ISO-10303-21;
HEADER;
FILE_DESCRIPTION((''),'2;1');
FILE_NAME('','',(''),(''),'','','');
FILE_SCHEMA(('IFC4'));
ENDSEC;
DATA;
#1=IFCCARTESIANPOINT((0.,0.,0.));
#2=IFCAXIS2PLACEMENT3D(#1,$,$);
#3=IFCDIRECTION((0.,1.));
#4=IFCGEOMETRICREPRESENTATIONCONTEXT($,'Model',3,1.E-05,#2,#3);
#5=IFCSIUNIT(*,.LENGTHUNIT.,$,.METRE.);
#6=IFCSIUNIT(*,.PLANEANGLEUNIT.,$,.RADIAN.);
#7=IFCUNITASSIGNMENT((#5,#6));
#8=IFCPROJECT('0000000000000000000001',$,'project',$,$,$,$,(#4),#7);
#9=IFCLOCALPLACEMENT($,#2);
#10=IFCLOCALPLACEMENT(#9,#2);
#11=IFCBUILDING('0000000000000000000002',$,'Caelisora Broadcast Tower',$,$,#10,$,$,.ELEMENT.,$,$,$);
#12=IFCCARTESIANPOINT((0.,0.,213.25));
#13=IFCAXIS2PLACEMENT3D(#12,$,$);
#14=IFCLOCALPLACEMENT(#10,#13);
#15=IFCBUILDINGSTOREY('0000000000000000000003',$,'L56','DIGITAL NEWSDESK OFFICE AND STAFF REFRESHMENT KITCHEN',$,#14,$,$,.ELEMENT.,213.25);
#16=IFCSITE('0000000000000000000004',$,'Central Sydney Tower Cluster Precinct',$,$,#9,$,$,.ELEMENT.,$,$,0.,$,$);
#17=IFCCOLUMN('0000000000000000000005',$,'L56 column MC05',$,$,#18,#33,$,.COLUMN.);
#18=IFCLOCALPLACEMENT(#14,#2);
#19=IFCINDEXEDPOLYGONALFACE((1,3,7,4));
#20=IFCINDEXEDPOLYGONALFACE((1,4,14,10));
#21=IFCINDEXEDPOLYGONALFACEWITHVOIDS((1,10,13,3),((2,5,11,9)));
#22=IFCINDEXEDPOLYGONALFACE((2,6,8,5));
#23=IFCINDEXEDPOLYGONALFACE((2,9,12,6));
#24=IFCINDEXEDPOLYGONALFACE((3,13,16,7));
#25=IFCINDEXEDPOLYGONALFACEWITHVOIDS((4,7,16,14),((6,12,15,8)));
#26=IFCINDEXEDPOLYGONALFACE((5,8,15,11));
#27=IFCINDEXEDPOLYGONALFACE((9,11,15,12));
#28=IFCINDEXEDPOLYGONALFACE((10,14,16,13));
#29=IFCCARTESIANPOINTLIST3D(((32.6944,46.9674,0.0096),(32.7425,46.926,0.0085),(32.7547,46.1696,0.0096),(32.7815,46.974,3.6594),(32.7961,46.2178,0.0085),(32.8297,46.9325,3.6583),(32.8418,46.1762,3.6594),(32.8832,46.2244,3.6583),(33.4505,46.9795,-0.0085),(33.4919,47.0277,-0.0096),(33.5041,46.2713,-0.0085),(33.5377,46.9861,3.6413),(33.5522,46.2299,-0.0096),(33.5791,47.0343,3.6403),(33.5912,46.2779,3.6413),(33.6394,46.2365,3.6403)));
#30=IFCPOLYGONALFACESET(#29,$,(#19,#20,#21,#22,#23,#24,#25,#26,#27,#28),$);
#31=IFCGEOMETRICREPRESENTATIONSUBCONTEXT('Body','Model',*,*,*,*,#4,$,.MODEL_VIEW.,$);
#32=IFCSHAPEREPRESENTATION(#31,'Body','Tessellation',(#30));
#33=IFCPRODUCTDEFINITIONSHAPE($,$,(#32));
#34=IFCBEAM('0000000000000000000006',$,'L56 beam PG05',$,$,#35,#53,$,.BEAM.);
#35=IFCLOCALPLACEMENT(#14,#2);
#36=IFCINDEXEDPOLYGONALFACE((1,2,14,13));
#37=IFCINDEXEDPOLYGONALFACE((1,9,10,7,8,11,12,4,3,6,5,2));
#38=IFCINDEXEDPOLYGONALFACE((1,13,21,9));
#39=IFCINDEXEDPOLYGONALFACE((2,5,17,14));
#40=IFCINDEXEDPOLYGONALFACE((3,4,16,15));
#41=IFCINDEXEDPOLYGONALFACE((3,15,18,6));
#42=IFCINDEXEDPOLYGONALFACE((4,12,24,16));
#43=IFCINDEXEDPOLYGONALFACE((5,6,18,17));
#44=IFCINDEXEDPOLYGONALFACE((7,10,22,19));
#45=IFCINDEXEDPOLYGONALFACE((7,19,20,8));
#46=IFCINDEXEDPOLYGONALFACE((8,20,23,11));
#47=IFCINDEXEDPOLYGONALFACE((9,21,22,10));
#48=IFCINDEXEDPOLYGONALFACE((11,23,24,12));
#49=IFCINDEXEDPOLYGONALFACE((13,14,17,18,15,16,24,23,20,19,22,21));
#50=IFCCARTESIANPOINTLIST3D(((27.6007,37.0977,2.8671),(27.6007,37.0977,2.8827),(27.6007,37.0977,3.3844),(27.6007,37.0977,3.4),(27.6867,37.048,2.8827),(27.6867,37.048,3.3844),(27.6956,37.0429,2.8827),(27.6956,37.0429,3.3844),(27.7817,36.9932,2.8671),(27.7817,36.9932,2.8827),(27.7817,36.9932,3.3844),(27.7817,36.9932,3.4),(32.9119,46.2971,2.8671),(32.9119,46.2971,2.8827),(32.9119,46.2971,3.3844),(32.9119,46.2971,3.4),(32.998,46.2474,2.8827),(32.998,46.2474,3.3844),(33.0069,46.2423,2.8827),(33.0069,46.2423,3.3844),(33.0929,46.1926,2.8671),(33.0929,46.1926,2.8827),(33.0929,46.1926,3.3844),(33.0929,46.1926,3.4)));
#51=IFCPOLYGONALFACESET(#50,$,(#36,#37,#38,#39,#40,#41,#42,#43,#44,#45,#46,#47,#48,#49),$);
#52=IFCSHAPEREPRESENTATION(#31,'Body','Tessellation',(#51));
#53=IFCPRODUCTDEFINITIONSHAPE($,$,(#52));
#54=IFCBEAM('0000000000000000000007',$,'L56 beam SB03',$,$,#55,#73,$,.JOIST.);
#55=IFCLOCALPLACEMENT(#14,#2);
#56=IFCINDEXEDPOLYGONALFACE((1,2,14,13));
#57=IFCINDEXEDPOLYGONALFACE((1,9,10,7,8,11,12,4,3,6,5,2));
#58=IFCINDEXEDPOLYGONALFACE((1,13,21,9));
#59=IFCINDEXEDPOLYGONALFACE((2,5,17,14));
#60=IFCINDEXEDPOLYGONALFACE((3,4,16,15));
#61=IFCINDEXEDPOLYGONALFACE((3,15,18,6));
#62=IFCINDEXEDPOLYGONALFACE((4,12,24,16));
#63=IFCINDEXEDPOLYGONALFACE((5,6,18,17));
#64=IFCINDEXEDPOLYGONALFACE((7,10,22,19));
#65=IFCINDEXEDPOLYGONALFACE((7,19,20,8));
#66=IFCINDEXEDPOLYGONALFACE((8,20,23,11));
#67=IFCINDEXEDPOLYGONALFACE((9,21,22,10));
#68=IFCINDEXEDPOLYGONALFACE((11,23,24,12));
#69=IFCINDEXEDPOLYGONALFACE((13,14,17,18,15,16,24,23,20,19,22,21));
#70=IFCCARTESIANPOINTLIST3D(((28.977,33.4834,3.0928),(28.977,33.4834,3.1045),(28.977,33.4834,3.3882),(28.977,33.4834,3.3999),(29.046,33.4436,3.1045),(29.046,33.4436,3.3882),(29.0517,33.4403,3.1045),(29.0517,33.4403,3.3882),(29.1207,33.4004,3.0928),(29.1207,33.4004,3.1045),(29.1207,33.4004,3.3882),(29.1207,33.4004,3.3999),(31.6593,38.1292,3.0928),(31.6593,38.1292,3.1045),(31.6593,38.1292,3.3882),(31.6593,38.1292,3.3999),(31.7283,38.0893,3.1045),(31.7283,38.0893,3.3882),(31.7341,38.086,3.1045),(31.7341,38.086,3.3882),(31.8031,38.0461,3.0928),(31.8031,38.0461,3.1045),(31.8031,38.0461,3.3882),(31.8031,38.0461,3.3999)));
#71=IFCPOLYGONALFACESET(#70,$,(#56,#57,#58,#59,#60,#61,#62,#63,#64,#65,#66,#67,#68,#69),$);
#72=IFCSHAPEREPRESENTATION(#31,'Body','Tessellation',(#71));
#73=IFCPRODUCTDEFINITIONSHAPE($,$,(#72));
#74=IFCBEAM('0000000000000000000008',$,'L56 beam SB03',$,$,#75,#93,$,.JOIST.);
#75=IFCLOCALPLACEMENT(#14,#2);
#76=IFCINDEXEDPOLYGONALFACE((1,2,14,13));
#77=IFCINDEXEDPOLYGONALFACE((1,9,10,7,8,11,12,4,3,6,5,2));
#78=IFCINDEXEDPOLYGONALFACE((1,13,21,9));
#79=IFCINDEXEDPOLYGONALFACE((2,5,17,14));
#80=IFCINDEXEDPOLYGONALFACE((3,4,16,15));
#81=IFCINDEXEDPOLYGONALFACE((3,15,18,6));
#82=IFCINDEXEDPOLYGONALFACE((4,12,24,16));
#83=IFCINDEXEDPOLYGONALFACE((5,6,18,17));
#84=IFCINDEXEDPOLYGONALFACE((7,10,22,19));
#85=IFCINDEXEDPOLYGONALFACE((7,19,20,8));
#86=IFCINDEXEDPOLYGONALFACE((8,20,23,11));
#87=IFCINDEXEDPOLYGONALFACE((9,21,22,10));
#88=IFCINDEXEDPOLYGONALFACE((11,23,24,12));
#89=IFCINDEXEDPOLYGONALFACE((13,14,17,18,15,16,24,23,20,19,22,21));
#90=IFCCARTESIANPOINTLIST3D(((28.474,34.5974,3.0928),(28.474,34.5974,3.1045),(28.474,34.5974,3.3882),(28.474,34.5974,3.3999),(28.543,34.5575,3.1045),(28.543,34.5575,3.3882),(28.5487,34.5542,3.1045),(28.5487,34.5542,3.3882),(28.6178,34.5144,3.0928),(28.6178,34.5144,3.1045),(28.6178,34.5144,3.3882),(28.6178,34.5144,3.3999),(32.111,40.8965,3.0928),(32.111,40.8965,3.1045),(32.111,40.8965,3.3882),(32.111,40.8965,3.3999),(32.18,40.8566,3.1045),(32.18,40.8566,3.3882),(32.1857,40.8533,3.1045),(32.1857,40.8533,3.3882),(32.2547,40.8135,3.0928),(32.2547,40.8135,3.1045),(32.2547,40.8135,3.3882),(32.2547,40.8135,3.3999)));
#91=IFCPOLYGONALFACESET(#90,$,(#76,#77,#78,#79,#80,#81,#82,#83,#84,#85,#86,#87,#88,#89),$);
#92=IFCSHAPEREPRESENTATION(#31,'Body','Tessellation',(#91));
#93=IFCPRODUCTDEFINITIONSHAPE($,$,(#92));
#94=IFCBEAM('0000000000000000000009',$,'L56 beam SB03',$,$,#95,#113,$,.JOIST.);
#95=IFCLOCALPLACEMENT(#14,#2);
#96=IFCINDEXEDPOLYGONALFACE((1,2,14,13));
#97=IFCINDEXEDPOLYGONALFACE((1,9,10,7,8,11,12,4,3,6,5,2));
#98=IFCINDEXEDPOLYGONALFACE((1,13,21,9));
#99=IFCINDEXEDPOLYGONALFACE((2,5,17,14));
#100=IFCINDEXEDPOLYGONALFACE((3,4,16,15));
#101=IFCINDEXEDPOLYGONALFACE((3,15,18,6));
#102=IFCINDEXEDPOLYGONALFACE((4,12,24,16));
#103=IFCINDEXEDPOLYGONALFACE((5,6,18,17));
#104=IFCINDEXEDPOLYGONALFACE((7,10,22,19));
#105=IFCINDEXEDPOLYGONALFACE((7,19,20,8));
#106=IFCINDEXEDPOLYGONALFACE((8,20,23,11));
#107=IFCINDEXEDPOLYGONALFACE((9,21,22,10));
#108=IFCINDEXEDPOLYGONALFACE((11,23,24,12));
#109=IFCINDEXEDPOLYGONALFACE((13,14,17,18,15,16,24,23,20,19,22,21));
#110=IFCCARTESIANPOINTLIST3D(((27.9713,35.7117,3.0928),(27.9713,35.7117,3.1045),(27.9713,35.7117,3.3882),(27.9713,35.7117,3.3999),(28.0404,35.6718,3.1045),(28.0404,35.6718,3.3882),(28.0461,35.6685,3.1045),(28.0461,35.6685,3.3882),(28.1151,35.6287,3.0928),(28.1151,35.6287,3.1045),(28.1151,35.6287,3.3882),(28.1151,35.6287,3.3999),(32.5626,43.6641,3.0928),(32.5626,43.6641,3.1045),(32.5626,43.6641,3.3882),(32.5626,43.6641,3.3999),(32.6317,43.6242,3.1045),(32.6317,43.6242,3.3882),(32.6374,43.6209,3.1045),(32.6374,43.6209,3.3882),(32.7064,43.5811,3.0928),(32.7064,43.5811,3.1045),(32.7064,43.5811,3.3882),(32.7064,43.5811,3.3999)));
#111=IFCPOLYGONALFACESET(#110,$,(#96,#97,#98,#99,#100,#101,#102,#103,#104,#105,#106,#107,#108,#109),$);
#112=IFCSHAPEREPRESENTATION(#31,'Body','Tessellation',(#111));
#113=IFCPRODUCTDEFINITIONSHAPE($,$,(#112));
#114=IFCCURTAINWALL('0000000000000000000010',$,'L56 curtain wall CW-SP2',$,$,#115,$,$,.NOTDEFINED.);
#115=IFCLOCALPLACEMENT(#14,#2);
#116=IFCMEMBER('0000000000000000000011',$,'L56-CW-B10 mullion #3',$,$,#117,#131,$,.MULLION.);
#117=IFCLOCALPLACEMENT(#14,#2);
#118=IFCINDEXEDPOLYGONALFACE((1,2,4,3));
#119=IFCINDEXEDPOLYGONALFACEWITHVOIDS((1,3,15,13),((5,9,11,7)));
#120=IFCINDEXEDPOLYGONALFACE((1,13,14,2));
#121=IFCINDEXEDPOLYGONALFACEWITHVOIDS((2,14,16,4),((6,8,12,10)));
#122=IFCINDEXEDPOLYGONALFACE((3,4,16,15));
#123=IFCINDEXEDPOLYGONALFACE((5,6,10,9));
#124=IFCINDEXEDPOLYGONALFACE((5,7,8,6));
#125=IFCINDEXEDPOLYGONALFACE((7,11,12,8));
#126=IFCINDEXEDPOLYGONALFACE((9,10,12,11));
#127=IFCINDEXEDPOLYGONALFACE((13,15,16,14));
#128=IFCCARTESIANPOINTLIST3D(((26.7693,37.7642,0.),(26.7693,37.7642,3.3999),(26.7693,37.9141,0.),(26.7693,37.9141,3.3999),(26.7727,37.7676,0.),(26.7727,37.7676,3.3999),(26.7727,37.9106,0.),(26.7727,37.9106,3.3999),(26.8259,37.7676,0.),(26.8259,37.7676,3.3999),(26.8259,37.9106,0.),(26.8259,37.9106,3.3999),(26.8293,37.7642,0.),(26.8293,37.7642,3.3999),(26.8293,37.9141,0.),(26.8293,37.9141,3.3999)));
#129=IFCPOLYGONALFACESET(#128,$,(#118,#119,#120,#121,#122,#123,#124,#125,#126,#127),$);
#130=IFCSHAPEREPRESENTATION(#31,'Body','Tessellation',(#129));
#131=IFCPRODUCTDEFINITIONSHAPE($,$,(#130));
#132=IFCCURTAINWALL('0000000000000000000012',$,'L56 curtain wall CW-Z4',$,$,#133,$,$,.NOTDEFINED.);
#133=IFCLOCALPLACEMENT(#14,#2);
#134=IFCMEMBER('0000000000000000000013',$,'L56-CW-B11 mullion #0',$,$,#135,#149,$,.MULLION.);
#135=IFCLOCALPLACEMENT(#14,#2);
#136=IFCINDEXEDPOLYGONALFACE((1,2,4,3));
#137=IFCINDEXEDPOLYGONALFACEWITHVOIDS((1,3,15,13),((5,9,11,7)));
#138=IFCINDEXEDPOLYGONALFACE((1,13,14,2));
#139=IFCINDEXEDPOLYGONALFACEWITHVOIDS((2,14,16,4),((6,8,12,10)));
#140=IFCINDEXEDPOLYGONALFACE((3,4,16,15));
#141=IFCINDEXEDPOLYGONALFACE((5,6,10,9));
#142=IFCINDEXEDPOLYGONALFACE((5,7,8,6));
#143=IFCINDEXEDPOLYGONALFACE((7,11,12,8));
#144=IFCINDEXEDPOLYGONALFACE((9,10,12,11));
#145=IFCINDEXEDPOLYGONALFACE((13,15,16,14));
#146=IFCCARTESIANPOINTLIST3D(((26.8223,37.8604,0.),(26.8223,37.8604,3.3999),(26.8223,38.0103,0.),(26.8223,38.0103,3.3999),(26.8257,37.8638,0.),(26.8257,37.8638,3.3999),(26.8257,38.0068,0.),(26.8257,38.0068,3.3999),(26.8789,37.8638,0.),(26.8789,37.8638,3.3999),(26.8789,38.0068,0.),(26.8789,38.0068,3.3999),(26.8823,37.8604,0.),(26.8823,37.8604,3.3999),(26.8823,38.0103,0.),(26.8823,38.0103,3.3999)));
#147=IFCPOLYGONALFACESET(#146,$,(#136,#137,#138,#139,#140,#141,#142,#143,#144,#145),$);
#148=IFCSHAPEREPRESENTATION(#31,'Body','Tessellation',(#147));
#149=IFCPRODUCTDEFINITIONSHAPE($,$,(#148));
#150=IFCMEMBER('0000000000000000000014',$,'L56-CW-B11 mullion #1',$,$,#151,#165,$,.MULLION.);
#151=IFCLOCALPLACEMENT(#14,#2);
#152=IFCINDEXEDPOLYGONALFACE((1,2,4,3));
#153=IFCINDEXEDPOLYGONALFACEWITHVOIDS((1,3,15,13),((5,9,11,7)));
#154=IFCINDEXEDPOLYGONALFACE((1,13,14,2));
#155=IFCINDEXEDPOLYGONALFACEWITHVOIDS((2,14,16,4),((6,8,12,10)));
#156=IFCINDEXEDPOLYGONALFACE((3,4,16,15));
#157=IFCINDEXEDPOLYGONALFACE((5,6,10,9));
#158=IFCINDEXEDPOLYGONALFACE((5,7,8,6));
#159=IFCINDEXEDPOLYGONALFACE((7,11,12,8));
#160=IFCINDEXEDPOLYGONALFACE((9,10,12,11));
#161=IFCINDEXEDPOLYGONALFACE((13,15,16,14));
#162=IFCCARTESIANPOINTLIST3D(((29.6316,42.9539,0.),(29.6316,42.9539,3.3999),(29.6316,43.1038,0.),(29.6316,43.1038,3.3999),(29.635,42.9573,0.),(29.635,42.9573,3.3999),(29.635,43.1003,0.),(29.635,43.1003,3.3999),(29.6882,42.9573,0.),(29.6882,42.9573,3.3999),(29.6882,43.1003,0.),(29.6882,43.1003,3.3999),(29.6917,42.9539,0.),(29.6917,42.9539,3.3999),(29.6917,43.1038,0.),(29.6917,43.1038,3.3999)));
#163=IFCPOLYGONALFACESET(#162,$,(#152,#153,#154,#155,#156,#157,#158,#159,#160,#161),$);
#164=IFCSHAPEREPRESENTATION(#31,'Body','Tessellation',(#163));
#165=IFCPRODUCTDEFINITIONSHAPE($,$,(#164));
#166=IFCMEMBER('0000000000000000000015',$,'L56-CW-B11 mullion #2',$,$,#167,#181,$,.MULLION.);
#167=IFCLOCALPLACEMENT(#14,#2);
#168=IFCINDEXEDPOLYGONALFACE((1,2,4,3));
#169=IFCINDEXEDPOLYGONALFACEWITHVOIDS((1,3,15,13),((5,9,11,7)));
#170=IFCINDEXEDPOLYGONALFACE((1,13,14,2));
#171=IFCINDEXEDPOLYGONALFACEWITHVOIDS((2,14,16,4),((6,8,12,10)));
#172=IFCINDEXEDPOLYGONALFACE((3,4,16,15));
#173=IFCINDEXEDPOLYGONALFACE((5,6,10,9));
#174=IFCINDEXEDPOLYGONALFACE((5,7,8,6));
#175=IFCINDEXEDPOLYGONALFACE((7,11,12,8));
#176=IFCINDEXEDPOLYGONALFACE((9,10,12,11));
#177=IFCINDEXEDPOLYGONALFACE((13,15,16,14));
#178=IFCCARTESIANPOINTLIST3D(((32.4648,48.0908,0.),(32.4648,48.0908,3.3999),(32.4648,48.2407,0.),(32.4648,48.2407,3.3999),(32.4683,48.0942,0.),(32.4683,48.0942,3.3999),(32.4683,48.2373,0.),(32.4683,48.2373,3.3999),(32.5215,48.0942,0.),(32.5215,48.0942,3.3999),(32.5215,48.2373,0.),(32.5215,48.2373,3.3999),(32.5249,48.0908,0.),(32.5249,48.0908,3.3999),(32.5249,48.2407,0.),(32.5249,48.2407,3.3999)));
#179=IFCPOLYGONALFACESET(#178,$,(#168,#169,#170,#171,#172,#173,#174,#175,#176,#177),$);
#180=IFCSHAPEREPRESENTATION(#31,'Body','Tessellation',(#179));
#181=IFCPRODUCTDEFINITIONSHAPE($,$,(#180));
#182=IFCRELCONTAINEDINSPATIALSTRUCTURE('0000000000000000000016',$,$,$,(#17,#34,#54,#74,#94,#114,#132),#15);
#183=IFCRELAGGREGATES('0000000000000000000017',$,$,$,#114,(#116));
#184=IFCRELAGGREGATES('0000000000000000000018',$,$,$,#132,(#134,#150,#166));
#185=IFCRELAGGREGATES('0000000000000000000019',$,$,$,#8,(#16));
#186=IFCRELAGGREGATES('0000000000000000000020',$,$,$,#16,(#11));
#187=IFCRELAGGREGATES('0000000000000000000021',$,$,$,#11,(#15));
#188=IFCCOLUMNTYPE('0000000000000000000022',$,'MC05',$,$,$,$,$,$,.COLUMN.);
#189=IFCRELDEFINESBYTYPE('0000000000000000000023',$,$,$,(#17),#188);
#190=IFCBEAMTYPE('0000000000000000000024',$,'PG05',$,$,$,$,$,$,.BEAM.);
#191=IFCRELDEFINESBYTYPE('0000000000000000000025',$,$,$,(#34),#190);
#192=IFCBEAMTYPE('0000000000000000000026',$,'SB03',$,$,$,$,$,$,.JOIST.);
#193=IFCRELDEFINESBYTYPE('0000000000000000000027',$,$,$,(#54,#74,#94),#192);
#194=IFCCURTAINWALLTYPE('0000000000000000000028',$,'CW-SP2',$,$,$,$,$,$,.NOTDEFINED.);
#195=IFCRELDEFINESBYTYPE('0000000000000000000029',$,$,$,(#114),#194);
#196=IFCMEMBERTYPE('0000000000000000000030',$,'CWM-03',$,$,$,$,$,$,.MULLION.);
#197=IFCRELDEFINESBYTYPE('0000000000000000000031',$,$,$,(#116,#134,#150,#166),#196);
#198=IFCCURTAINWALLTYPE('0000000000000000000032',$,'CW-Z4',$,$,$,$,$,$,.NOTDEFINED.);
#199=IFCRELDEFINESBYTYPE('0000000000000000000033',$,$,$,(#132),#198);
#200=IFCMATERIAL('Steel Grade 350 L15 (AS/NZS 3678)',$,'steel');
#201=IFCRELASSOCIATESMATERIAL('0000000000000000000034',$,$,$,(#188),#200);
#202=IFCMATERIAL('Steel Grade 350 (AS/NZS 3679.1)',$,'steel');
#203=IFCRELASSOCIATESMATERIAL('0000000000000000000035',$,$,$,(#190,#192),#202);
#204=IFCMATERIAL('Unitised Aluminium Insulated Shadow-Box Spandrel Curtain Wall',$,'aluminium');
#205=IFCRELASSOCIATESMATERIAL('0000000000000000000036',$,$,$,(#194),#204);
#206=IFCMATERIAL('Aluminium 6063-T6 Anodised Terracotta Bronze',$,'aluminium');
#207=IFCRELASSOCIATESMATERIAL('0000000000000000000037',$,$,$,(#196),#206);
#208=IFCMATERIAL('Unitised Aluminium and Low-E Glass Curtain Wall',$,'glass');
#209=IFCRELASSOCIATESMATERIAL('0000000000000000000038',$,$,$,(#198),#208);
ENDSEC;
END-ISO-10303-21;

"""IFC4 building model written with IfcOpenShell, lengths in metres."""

from ifc_helpers import new_model, si_unit, direction, frame, origin, origin_2d, place, context, subcontext, project, spatial, hollow_rectangle, i_section, extrude, source, transform, mapped, material, material_profile, profile_set, type_object, type_shapes, element, aggregate, save


model = new_model("IFC4")

# Units and contexts
model_context = context("Model", 3, precision=1e-05, world=origin(), true_north=direction((0.0, 1.0)))
body_context = subcontext(model_context, "Body", "Model", "MODEL_VIEW")
ifc_project = project(units=[si_unit("LENGTHUNIT", "METRE"), si_unit("PLANEANGLEUNIT", "RADIAN")], contexts=[model_context])

# Site, building, storey
site_placement = place(None, origin())
site = spatial("IfcSite", under=ifc_project, at=site_placement, Name="Central Sydney Tower Cluster Precinct", CompositionType="ELEMENT", RefElevation=0.0)
building_placement = place(site_placement, origin())
building = spatial("IfcBuilding", under=site, at=building_placement, Name="Caelisora Broadcast Tower", CompositionType="ELEMENT")
storey_placement = place(building_placement, frame((0.0, 0.0, 213.25)))
storey = spatial("IfcBuildingStorey", under=building, at=storey_placement, Name="L56", Description="DIGITAL NEWSDESK OFFICE AND STAFF REFRESHMENT KITCHEN", CompositionType="ELEMENT", Elevation=213.25)

# Column
ifc_material_1 = material(Name="Steel Grade 350 L15 (AS/NZS 3678)", Category="steel")
ifc_material_profile_1 = material_profile(ifc_material_1, hollow_rectangle(XDim=0.8, YDim=0.8, WallThickness=0.0449, at=origin_2d()), Name="Steel Grade 350 L15 (AS/NZS 3678)")
ifc_profile_set_1 = profile_set([ifc_material_profile_1], Name="Steel Grade 350 L15 (AS/NZS 3678)")
column_type = type_object("IfcColumnType", Name="MC05", PredefinedType="COLUMN", material=ifc_profile_set_1)
shared_shape_1 = source(origin(), body_context, "Body", "SweptSolid", [
    extrude(hollow_rectangle(XDim=0.8, YDim=0.8, WallThickness=0.0449, at=origin_2d()), origin(), (0.0, 0.0, 1.0), 3.6509),
])
type_shapes(column_type, [shared_shape_1])
column_placement = place(storey_placement, frame((33.1233, 46.5986, 0.0), z_axis=(0.023873, 0.001806, 0.999713), x_axis=(-0.075415, 0.997152, 0.0)))
element("IfcColumn", 1, at=column_placement, inside=storey, type_object=column_type, Name="L56 column MC05", PredefinedType="COLUMN", context=body_context, shape_type="MappedRepresentation", body=[
    mapped(shared_shape_1, transform((0.0, 0.0, 0.0), scale=1.0)),
])

# Beams
ifc_material_2 = material(Name="Steel Grade 350 (AS/NZS 3679.1)", Category="steel")
ifc_material_profile_2 = material_profile(ifc_material_2, i_section(OverallWidth=0.209, OverallDepth=0.533, WebThickness=0.0103, FlangeThickness=0.0156, at=origin_2d()), Name="Steel Grade 350 (AS/NZS 3679.1)")
ifc_profile_set_2 = profile_set([ifc_material_profile_2], Name="Steel Grade 350 (AS/NZS 3679.1)")
beam_type_1 = type_object("IfcBeamType", Name="PG05", PredefinedType="BEAM", material=ifc_profile_set_2)
shared_shape_2 = source(origin(), body_context, "Body", "SweptSolid", [
    extrude(i_section(OverallWidth=0.209, OverallDepth=0.533, WebThickness=0.0103, FlangeThickness=0.0156, at=origin_2d()), origin(), (0.0, 0.0, 1.0), 10.6226),
])
type_shapes(beam_type_1, [shared_shape_2])
beam_1_placement = place(storey_placement, frame((33.0024, 46.2449, 3.1335), z_axis=(-0.499998, -0.866027, 0.0), x_axis=(0.866027, -0.499998, 0.0)))
element("IfcBeam", 2, at=beam_1_placement, inside=storey, type_object=beam_type_1, Name="L56 beam PG05", PredefinedType="BEAM", context=body_context, shape_type="MappedRepresentation", body=[
    mapped(shared_shape_2, transform((0.0, 0.0, 0.0), scale=1.0)),
])
ifc_material_profile_3 = material_profile(ifc_material_2, i_section(OverallWidth=0.166, OverallDepth=0.3071, WebThickness=0.0066, FlangeThickness=0.0117, at=origin_2d()), Name="Steel Grade 350 (AS/NZS 3679.1)")
ifc_profile_set_3 = profile_set([ifc_material_profile_3], Name="Steel Grade 350 (AS/NZS 3679.1)")
beam_type_2 = type_object("IfcBeamType", Name="SB03", PredefinedType="JOIST", material=ifc_profile_set_3)
shared_shape_3 = source(origin(), body_context, "Body", "SweptSolid", [
    extrude(i_section(OverallWidth=0.166, OverallDepth=0.3071, WebThickness=0.0066, FlangeThickness=0.0117, at=origin_2d()), origin(), (0.0, 0.0, 1.0), 5.3645),
])
beam_2_placement = place(storey_placement, frame((31.7312, 38.0876, 3.2463), z_axis=(-0.500021, -0.866014, 0.0), x_axis=(0.866014, -0.500021, 0.0)))
element("IfcBeam", 3, at=beam_2_placement, inside=storey, type_object=beam_type_2, Name="L56 beam SB03", PredefinedType="JOIST", context=body_context, shape_type="MappedRepresentation", body=[
    mapped(shared_shape_3, transform((0.0, 0.0, 0.0), scale=1.0)),
])
shared_shape_4 = source(origin(), body_context, "Body", "SweptSolid", [
    extrude(i_section(OverallWidth=0.166, OverallDepth=0.3071, WebThickness=0.0066, FlangeThickness=0.0117, at=origin_2d()), origin(), (0.0, 0.0, 1.0), 7.2737),
])
beam_3_placement = place(storey_placement, frame((32.1829, 40.855, 3.2463), z_axis=(-0.50002, -0.866014, 0.0), x_axis=(0.866014, -0.50002, 0.0)))
element("IfcBeam", 4, at=beam_3_placement, inside=storey, type_object=beam_type_2, Name="L56 beam SB03", PredefinedType="JOIST", context=body_context, shape_type="MappedRepresentation", body=[
    mapped(shared_shape_4, transform((0.0, 0.0, 0.0), scale=1.0)),
])
shared_shape_5 = source(origin(), body_context, "Body", "SweptSolid", [
    extrude(i_section(OverallWidth=0.166, OverallDepth=0.3071, WebThickness=0.0066, FlangeThickness=0.0117, at=origin_2d()), origin(), (0.0, 0.0, 1.0), 9.1826),
])
type_shapes(beam_type_2, [shared_shape_3, shared_shape_4, shared_shape_5])
beam_4_placement = place(storey_placement, frame((32.6345, 43.6226, 3.2463), z_axis=(-0.499999, -0.866026, 0.0), x_axis=(0.866026, -0.499999, 0.0)))
element("IfcBeam", 5, at=beam_4_placement, inside=storey, type_object=beam_type_2, Name="L56 beam SB03", PredefinedType="JOIST", context=body_context, shape_type="MappedRepresentation", body=[
    mapped(shared_shape_5, transform((0.0, 0.0, 0.0), scale=1.0)),
])

# Curtain wall, member
ifc_material_3 = material(Name="Unitised Aluminium Insulated Shadow-Box Spandrel Curtain Wall", Category="aluminium")
curtain_wall_type_1 = type_object("IfcCurtainWallType", Name="CW-SP2", PredefinedType="NOTDEFINED", material=ifc_material_3)
curtain_wall_1_placement = place(storey_placement, origin())
curtain_wall_1 = element("IfcCurtainWall", 6, at=curtain_wall_1_placement, inside=storey, type_object=curtain_wall_type_1, Name="L56 curtain wall CW-SP2", PredefinedType="NOTDEFINED")
ifc_material_4 = material(Name="Aluminium 6063-T6 Anodised Terracotta Bronze", Category="aluminium")
ifc_material_profile_4 = material_profile(ifc_material_4, hollow_rectangle(XDim=0.0601, YDim=0.1499, WallThickness=0.0034, at=origin_2d()), Name="Aluminium 6063-T6 Anodised Terracotta Bronze")
ifc_profile_set_4 = profile_set([ifc_material_profile_4], Name="Aluminium 6063-T6 Anodised Terracotta Bronze")
member_type_1 = type_object("IfcMemberType", Name="CWM-03", PredefinedType="MULLION", material=ifc_profile_set_4)
shared_shape_6 = source(origin(), body_context, "Body", "SweptSolid", [
    extrude(hollow_rectangle(XDim=0.0601, YDim=0.1499, WallThickness=0.0034, at=origin_2d()), origin(), (0.0, 0.0, 1.0), 3.3999),
])
type_shapes(member_type_1, [shared_shape_6])
member_1_placement = place(storey_placement, frame((26.7993, 37.8391, 0.0), z_axis=(0.0, 0.0, 1.0), x_axis=(1.0, 0.0, 0.0)))
member_1 = element("IfcMember", 7, at=member_1_placement, type_object=member_type_1, Name="L56-CW-B10 mullion #3", PredefinedType="MULLION", context=body_context, shape_type="MappedRepresentation", body=[
    mapped(shared_shape_6, transform((0.0, 0.0, 0.0), scale=1.0)),
])
aggregate(curtain_wall_1, [member_1])

# Curtain wall, members
ifc_material_5 = material(Name="Unitised Aluminium and Low-E Glass Curtain Wall", Category="glass")
curtain_wall_type_2 = type_object("IfcCurtainWallType", Name="CW-Z4", PredefinedType="NOTDEFINED", material=ifc_material_5)
curtain_wall_2_placement = place(storey_placement, origin())
curtain_wall_2 = element("IfcCurtainWall", 8, at=curtain_wall_2_placement, inside=storey, type_object=curtain_wall_type_2, Name="L56 curtain wall CW-Z4", PredefinedType="NOTDEFINED")
member_2_placement = place(storey_placement, frame((26.8523, 37.9353, 0.0), z_axis=(0.0, 0.0, 1.0), x_axis=(1.0, 0.0, 0.0)))
member_2 = element("IfcMember", 9, at=member_2_placement, type_object=member_type_1, Name="L56-CW-B11 mullion #0", PredefinedType="MULLION", context=body_context, shape_type="MappedRepresentation", body=[
    mapped(shared_shape_6, transform((0.0, 0.0, 0.0), scale=1.0)),
])
member_3_placement = place(storey_placement, frame((29.6616, 43.0288, 0.0), z_axis=(0.0, 0.0, 1.0), x_axis=(1.0, 0.0, 0.0)))
member_3 = element("IfcMember", 10, at=member_3_placement, type_object=member_type_1, Name="L56-CW-B11 mullion #1", PredefinedType="MULLION", context=body_context, shape_type="MappedRepresentation", body=[
    mapped(shared_shape_6, transform((0.0, 0.0, 0.0), scale=1.0)),
])
member_4_placement = place(storey_placement, frame((32.4949, 48.1658, 0.0), z_axis=(0.0, 0.0, 1.0), x_axis=(1.0, 0.0, 0.0)))
member_4 = element("IfcMember", 11, at=member_4_placement, type_object=member_type_1, Name="L56-CW-B11 mullion #2", PredefinedType="MULLION", context=body_context, shape_type="MappedRepresentation", body=[
    mapped(shared_shape_6, transform((0.0, 0.0, 0.0), scale=1.0)),
])

aggregate(curtain_wall_2, [member_2, member_3, member_4])

save(model, "model.ifc")
